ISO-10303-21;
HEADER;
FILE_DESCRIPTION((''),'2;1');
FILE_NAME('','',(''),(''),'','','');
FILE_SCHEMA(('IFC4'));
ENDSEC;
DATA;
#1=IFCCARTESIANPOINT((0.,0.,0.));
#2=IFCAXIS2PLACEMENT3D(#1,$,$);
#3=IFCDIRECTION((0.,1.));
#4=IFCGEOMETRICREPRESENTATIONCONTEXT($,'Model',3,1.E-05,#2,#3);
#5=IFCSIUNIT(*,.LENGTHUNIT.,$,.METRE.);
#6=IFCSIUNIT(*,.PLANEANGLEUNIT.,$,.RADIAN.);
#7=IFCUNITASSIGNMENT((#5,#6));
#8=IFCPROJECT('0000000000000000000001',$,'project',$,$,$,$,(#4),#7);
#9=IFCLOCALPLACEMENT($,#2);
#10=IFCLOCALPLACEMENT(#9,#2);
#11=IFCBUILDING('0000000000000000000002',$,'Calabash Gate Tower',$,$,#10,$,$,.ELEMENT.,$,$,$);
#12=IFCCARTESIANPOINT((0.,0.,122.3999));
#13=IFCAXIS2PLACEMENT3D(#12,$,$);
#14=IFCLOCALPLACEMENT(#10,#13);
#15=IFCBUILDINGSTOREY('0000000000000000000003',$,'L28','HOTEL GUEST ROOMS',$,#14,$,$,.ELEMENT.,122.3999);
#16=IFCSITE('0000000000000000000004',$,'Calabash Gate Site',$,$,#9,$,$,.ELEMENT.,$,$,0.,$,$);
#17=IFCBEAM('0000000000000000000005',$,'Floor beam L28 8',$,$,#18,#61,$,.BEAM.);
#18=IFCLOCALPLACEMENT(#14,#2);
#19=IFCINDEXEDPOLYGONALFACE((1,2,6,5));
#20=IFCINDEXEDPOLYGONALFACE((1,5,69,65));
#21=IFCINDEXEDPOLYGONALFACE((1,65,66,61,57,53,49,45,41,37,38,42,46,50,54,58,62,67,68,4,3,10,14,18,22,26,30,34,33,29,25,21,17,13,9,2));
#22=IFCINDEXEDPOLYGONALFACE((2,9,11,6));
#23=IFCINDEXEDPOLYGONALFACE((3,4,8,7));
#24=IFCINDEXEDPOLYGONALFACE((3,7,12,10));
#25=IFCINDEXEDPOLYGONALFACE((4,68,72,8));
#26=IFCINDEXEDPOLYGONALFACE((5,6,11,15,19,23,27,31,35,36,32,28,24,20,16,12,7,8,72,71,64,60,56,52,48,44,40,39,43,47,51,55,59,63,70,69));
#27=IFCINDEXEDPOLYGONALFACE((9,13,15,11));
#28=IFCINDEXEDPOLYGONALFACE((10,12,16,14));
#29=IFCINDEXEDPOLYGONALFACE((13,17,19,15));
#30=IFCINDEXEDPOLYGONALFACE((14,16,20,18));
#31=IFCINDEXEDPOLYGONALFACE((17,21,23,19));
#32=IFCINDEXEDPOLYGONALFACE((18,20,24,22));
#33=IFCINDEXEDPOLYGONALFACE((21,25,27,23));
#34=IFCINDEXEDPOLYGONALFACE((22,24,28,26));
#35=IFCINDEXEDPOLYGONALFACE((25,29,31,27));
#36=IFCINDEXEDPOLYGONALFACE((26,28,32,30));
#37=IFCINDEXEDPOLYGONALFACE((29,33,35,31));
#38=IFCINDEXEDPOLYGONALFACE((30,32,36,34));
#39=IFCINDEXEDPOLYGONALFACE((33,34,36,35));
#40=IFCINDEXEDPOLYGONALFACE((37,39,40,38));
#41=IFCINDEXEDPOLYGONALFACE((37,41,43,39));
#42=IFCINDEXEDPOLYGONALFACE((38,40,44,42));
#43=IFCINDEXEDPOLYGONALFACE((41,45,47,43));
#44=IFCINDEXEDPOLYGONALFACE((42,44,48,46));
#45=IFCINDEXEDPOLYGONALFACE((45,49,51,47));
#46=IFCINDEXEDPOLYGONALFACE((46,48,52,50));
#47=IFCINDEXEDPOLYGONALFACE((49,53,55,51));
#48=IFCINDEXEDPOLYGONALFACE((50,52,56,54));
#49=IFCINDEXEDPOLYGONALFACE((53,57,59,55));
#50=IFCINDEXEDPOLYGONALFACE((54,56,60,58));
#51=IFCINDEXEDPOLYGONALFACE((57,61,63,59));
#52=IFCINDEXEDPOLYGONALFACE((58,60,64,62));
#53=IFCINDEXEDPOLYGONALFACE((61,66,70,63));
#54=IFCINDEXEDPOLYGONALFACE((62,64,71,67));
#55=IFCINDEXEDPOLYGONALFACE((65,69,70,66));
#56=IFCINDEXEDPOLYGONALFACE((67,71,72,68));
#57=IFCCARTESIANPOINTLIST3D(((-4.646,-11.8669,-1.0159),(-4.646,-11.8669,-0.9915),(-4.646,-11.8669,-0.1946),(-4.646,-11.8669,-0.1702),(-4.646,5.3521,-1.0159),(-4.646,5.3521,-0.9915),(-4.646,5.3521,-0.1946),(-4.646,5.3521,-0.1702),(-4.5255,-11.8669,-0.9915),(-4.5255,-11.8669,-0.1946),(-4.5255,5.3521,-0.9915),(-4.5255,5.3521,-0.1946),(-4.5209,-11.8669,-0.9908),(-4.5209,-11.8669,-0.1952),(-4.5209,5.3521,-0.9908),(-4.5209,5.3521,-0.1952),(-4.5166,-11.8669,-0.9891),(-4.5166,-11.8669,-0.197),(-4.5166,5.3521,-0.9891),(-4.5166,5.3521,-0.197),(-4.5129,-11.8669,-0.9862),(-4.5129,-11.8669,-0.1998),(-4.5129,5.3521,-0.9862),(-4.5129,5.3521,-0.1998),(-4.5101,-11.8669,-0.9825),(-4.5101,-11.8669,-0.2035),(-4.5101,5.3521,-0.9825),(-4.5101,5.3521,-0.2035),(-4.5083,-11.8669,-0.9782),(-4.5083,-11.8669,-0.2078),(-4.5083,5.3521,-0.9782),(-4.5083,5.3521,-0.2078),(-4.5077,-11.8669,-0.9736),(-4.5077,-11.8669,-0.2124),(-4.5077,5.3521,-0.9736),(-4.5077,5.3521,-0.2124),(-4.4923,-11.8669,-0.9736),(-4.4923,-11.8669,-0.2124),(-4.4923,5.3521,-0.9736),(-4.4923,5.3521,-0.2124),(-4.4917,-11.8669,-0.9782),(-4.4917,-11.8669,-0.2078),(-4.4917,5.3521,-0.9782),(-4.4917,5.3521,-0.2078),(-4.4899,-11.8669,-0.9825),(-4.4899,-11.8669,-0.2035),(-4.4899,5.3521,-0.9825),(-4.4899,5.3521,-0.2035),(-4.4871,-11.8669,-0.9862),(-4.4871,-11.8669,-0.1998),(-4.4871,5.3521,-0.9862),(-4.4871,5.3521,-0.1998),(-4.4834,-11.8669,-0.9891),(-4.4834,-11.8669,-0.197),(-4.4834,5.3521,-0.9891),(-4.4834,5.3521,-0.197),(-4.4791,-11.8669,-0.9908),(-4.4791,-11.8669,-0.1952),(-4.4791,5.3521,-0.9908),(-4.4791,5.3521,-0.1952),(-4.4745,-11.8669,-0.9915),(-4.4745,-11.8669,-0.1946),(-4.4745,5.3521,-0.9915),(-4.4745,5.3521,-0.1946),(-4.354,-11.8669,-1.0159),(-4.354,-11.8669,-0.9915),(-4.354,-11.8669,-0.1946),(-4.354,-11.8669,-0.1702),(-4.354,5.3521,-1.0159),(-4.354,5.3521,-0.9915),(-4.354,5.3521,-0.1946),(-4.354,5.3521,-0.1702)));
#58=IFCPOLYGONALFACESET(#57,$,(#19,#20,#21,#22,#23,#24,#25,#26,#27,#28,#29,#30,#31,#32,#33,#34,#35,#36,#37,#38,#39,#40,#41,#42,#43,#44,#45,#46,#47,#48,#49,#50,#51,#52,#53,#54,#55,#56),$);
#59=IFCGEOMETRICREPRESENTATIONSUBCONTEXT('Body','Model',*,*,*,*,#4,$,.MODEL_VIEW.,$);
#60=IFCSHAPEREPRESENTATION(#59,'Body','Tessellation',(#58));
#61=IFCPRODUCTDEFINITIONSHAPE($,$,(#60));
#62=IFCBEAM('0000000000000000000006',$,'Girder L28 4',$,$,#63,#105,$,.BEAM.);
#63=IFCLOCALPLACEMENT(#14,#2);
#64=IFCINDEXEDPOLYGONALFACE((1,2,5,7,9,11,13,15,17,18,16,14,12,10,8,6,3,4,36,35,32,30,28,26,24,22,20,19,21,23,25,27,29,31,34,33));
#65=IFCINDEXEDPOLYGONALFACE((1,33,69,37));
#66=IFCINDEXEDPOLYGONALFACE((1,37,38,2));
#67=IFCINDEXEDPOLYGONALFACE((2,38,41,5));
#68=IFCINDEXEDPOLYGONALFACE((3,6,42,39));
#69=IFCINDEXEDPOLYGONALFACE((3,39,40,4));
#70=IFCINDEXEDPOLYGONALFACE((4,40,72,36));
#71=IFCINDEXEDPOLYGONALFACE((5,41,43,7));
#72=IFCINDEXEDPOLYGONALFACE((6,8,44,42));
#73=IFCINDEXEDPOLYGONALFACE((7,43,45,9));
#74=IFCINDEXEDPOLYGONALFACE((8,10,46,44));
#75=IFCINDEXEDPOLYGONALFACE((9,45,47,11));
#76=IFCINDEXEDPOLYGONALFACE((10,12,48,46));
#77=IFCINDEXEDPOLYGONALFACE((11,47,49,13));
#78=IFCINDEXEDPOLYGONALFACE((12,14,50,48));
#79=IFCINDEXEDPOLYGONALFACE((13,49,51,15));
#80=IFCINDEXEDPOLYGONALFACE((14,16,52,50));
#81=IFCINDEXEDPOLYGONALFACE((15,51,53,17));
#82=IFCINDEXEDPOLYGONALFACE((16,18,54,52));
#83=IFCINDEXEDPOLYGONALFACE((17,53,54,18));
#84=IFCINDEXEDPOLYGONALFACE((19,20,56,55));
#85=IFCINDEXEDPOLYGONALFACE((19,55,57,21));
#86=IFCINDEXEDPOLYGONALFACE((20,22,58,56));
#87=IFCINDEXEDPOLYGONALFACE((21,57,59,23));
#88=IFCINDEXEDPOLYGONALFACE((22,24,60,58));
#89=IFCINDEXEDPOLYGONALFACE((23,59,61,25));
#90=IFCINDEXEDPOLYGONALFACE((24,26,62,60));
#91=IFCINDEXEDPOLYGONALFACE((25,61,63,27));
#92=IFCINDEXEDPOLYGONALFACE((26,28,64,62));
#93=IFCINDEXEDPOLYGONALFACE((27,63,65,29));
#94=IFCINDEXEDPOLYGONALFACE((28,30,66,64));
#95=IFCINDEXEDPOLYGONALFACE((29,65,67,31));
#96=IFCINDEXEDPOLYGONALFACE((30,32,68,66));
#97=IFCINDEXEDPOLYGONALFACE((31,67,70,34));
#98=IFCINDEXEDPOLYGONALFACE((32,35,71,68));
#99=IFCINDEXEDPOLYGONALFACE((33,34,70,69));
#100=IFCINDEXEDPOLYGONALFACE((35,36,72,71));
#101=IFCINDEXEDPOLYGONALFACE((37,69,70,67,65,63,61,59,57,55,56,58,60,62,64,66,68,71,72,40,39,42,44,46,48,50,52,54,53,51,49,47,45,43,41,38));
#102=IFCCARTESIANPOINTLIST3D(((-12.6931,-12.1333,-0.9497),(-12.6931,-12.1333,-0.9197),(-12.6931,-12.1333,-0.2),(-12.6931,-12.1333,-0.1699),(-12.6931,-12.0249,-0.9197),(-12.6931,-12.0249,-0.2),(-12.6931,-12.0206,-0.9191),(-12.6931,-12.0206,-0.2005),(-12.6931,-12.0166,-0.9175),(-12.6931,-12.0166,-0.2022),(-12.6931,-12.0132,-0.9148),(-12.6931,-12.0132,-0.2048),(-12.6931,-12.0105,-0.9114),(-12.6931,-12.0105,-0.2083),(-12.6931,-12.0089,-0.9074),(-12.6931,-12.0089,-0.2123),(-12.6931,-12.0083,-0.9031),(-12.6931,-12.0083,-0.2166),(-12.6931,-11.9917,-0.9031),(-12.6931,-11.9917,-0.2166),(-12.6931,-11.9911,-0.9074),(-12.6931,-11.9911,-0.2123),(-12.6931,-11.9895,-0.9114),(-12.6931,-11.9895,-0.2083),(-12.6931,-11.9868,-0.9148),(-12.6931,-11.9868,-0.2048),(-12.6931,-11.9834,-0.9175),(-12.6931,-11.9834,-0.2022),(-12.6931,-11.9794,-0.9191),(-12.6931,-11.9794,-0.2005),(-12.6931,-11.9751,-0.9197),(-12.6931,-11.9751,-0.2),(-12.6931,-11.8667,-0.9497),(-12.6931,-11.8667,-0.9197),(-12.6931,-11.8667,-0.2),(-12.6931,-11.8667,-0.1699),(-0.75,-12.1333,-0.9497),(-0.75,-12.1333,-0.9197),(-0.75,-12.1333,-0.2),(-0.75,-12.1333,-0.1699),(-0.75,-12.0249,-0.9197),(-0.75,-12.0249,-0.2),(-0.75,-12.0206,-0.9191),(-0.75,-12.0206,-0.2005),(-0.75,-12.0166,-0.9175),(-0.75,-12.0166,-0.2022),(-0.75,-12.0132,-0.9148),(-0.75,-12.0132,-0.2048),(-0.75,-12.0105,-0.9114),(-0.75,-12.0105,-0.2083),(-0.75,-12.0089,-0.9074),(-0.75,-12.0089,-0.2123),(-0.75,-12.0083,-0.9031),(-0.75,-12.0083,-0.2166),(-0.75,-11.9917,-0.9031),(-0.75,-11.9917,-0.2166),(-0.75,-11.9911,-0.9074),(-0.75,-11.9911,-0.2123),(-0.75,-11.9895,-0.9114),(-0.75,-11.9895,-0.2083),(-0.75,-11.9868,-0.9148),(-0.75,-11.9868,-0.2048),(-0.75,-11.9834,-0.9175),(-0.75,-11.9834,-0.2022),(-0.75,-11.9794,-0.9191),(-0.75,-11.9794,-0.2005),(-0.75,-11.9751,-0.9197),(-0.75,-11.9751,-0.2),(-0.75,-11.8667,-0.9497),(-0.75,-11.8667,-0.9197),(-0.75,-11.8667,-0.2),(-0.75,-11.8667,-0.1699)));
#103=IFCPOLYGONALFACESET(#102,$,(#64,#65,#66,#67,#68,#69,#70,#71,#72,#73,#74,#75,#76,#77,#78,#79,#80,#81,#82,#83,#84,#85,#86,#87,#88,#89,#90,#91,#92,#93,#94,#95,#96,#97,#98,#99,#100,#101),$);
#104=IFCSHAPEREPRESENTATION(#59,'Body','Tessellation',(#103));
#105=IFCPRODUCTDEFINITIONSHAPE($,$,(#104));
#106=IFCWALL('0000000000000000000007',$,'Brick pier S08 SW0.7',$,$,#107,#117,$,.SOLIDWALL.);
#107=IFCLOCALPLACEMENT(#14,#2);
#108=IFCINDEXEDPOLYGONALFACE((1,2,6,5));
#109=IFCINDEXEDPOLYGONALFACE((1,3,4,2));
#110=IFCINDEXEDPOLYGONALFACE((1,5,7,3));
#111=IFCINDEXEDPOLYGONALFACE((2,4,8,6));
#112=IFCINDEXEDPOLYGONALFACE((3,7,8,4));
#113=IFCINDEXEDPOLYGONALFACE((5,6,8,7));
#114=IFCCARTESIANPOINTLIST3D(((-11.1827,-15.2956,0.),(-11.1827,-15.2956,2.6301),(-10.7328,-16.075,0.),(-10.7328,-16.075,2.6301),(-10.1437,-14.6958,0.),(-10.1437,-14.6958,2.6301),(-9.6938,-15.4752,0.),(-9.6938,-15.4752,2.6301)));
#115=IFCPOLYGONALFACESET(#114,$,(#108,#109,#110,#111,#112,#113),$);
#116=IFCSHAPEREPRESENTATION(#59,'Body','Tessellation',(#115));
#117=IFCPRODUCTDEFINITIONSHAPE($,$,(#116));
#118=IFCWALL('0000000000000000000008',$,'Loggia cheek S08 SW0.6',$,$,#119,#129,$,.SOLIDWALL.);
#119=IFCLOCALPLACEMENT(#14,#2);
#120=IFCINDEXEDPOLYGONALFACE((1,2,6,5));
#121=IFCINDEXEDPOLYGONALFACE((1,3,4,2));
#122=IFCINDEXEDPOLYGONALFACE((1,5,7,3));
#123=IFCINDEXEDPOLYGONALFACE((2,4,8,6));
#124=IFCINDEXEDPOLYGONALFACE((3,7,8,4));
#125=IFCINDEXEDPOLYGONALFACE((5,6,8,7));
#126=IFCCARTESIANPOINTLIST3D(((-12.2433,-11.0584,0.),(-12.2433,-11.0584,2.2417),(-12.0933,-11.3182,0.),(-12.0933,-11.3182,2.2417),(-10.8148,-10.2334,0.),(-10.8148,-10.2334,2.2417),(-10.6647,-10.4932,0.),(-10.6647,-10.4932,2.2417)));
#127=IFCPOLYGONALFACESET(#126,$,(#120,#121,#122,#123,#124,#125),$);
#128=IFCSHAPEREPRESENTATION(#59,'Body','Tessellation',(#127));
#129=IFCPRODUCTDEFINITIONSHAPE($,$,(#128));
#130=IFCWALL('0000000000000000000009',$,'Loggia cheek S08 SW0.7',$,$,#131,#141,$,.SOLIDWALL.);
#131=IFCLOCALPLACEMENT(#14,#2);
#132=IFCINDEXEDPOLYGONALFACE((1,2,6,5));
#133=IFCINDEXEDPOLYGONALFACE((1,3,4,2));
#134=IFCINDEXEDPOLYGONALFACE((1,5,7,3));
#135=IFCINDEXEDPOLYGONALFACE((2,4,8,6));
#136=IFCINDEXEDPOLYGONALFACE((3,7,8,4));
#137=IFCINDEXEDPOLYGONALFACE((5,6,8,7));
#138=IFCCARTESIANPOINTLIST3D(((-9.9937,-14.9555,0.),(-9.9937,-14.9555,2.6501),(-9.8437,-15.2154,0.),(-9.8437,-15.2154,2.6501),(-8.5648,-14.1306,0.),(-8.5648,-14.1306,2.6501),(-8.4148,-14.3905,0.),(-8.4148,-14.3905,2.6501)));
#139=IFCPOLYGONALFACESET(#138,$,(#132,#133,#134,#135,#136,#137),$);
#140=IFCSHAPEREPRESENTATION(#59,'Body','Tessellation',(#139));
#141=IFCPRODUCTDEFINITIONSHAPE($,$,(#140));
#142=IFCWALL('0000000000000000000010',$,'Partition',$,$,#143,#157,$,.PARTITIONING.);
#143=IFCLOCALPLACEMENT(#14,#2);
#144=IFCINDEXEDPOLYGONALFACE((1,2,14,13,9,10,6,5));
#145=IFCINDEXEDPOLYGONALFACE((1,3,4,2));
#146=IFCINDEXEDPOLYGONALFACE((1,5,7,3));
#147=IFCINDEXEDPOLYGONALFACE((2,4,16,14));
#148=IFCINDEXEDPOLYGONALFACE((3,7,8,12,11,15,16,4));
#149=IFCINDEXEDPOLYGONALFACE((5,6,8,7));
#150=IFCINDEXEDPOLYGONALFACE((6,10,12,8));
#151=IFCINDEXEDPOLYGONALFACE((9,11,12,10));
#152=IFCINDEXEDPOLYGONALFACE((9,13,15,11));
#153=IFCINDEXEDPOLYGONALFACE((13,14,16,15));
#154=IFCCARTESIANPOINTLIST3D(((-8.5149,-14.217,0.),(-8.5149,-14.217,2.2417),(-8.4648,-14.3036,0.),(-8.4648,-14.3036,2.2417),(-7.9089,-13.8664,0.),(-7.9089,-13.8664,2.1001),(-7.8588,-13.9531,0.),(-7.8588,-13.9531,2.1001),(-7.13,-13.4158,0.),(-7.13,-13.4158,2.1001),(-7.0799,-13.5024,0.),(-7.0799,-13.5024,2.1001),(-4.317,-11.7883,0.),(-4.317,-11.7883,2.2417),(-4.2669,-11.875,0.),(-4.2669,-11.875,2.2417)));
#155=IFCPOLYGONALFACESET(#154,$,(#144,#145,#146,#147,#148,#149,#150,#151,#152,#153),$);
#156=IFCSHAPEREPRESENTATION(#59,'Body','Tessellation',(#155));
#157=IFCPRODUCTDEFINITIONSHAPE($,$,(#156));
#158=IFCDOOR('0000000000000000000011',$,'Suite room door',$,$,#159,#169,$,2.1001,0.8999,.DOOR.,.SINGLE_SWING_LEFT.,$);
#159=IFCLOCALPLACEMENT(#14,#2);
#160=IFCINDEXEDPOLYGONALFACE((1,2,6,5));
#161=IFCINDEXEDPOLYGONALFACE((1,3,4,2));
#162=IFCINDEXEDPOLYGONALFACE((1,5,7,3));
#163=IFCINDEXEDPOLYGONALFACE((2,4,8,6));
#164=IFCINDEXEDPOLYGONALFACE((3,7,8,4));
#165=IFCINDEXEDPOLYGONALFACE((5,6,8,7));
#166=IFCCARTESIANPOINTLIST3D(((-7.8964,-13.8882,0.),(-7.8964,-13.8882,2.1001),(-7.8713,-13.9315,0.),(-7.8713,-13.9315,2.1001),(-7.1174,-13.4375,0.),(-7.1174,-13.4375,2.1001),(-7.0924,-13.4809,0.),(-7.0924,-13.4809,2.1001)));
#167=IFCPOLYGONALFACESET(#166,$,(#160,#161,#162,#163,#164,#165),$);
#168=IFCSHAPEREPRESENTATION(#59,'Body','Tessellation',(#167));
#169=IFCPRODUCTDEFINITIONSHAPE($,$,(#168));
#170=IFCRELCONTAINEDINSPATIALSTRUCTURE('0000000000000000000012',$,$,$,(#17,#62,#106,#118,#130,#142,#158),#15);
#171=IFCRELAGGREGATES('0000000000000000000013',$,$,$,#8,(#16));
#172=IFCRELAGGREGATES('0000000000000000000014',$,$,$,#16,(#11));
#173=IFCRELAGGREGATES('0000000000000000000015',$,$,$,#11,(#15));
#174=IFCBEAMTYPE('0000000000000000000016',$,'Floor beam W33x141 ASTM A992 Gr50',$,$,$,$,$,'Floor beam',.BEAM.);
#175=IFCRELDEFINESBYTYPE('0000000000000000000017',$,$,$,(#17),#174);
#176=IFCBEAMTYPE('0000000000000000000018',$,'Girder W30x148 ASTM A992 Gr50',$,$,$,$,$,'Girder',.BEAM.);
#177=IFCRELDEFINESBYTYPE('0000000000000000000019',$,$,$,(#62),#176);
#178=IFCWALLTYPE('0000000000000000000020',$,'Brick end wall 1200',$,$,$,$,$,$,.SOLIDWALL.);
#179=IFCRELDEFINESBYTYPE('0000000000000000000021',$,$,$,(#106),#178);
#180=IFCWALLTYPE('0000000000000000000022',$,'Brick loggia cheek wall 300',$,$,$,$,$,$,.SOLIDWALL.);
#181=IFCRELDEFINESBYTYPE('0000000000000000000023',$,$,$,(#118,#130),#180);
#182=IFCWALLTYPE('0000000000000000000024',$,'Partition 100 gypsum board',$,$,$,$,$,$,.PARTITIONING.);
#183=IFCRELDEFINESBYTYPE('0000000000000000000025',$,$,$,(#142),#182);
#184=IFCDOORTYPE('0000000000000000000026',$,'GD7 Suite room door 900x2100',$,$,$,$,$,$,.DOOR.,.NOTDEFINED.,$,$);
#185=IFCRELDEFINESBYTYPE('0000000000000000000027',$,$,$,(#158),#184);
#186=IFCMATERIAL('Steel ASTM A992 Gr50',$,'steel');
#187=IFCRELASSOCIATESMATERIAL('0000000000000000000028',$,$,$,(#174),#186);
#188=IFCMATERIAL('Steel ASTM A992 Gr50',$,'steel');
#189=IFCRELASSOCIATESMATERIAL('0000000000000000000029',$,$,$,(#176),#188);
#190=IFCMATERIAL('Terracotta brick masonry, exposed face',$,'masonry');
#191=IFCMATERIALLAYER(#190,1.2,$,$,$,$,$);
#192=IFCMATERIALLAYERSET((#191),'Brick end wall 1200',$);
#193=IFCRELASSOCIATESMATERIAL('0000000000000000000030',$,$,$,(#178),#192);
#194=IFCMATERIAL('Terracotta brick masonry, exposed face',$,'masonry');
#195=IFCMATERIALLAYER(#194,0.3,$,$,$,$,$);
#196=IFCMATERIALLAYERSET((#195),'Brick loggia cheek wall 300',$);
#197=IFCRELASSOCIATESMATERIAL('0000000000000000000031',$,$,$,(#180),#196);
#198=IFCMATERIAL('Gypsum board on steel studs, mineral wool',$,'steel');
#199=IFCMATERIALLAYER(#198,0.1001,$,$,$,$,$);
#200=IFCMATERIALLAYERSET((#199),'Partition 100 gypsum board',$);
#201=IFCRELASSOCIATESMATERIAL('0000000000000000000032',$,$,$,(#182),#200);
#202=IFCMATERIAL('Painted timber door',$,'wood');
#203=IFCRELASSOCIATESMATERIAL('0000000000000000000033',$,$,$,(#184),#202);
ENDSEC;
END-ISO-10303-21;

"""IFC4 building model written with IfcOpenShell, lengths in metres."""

from ifc_helpers import new_model, si_unit, direction, frame, frame_2d, origin, origin_2d, place, context, subcontext, project, spatial, rectangle, i_section, extrude, material, layer, layer_set, material_profile, profile_set, type_object, element, fill, save


model = new_model("IFC4")

# Units and contexts
model_context = context("Model", 3, precision=1e-05, world=origin(), true_north=direction((0.0, 1.0)))
body_context = subcontext(model_context, "Body", "Model", "MODEL_VIEW")
ifc_project = project(units=[si_unit("LENGTHUNIT", "METRE"), si_unit("PLANEANGLEUNIT", "RADIAN")], contexts=[model_context])

# Site, building, storey
site_placement = place(None, origin())
site = spatial("IfcSite", under=ifc_project, at=site_placement, Name="Calabash Gate Site", CompositionType="ELEMENT", RefElevation=0.0)
building_placement = place(site_placement, origin())
building = spatial("IfcBuilding", under=site, at=building_placement, Name="Calabash Gate Tower", CompositionType="ELEMENT")
storey_placement = place(building_placement, frame((0.0, 0.0, 122.3999)))
storey = spatial("IfcBuildingStorey", under=building, at=storey_placement, Name="L28", Description="HOTEL GUEST ROOMS", CompositionType="ELEMENT", Elevation=122.3999)

# Beams
ifc_material_1 = material(Name="Steel ASTM A992 Gr50", Category="steel")
ifc_material_profile_1 = material_profile(ifc_material_1, i_section(OverallWidth=0.292, OverallDepth=0.8457, WebThickness=0.0154, FlangeThickness=0.0244, FilletRadius=0.0178, at=origin_2d()))
ifc_profile_set_1 = profile_set([ifc_material_profile_1], Name="Steel ASTM A992 Gr50")
beam_type_1 = type_object("IfcBeamType", Name="Floor beam W33x141 ASTM A992 Gr50", ElementType="Floor beam", PredefinedType="BEAM", material=ifc_profile_set_1)
beam_1_placement = place(storey_placement, frame((-4.5, -11.8669, -0.593), z_axis=(0.0, 1.0, 0.0), x_axis=(-1.0, 0.0, 0.0)))
element("IfcBeam", 1, at=beam_1_placement, inside=storey, type_object=beam_type_1, Name="Floor beam L28 8", PredefinedType="BEAM", context=body_context, shape_type="SweptSolid", body=[
    extrude(i_section(OverallWidth=0.292, OverallDepth=0.8457, WebThickness=0.0154, FlangeThickness=0.0244, FilletRadius=0.0178, at=origin_2d()), origin(), (0.0, 0.0, 1.0), 17.219),
])
ifc_material_2 = material(Name="Steel ASTM A992 Gr50", Category="steel")
ifc_material_profile_2 = material_profile(ifc_material_2, i_section(OverallWidth=0.2666, OverallDepth=0.7798, WebThickness=0.0166, FlangeThickness=0.03, FilletRadius=0.0166, at=origin_2d()))
ifc_profile_set_2 = profile_set([ifc_material_profile_2], Name="Steel ASTM A992 Gr50")
beam_type_2 = type_object("IfcBeamType", Name="Girder W30x148 ASTM A992 Gr50", ElementType="Girder", PredefinedType="BEAM", material=ifc_profile_set_2)
beam_2_placement = place(storey_placement, frame((-12.6931, -12.0, -0.5598), z_axis=(1.0, 0.0, 0.0), x_axis=(0.0, 1.0, 0.0)))
element("IfcBeam", 2, at=beam_2_placement, inside=storey, type_object=beam_type_2, Name="Girder L28 4", PredefinedType="BEAM", context=body_context, shape_type="SweptSolid", body=[
    extrude(i_section(OverallWidth=0.2666, OverallDepth=0.7798, WebThickness=0.0166, FlangeThickness=0.03, FilletRadius=0.0166, at=origin_2d()), origin(), (0.0, 0.0, 1.0), 11.9431),
])

# Walls
ifc_material_3 = material(Name="Terracotta brick masonry, exposed face", Category="masonry")
ifc_layer_1 = layer(ifc_material_3, 1.2)
ifc_layer_set_1 = layer_set([ifc_layer_1], Name="Brick end wall 1200")
wall_type_1 = type_object("IfcWallType", Name="Brick end wall 1200", PredefinedType="SOLIDWALL", material=ifc_layer_set_1)
wall_1_placement = place(storey_placement, frame((-10.9578, -15.6853, 0.0), z_axis=(0.0, 0.0, 1.0), x_axis=(0.866043, 0.499969, 0.0)))
element("IfcWall", 3, at=wall_1_placement, inside=storey, type_object=wall_type_1, Name="Brick pier S08 SW0.7", PredefinedType="SOLIDWALL", context=body_context, shape_type="SweptSolid", body=[
    extrude(rectangle(XDim=1.1997, YDim=0.8999, at=frame_2d((0.5999, 0.0))), origin(), (0.0, 0.0, 1.0), 2.6301),
])
ifc_material_4 = material(Name="Terracotta brick masonry, exposed face", Category="masonry")
ifc_layer_2 = layer(ifc_material_4, 0.3)
ifc_layer_set_2 = layer_set([ifc_layer_2], Name="Brick loggia cheek wall 300")
wall_type_2 = type_object("IfcWallType", Name="Brick loggia cheek wall 300", PredefinedType="SOLIDWALL", material=ifc_layer_set_2)
wall_2_placement = place(storey_placement, frame((-12.1682, -11.1882, 0.0), z_axis=(0.0, 0.0, 1.0), x_axis=(0.865966, 0.500103, 0.0)))
element("IfcWall", 4, at=wall_2_placement, inside=storey, type_object=wall_type_2, Name="Loggia cheek S08 SW0.6", PredefinedType="SOLIDWALL", context=body_context, shape_type="SweptSolid", body=[
    extrude(rectangle(XDim=1.6497, YDim=0.3, at=frame_2d((0.8247, 0.0))), origin(), (0.0, 0.0, 1.0), 2.2417),
])
wall_3_placement = place(storey_placement, frame((-9.9187, -15.0854, 0.0), z_axis=(0.0, 0.0, 1.0), x_axis=(0.86604, 0.499974, 0.0)))
element("IfcWall", 5, at=wall_3_placement, inside=storey, type_object=wall_type_2, Name="Loggia cheek S08 SW0.7", PredefinedType="SOLIDWALL", context=body_context, shape_type="SweptSolid", body=[
    extrude(rectangle(XDim=1.6499, YDim=0.3, at=frame_2d((0.825, 0.0))), origin(), (0.0, 0.0, 1.0), 2.6501),
])

# Wall, opening, door
ifc_material_5 = material(Name="Gypsum board on steel studs, mineral wool", Category="steel")
ifc_layer_3 = layer(ifc_material_5, 0.1001)
ifc_layer_set_3 = layer_set([ifc_layer_3], Name="Partition 100 gypsum board")
wall_type_3 = type_object("IfcWallType", Name="Partition 100 gypsum board", PredefinedType="PARTITIONING", material=ifc_layer_set_3)
wall_4_placement = place(storey_placement, frame((-8.4897, -14.2603, 0.0), z_axis=(0.0, 0.0, 1.0), x_axis=(0.865579, 0.500772, 0.0)))
wall_4 = element("IfcWall", 6, at=wall_4_placement, inside=storey, type_object=wall_type_3, Name="Partition", PredefinedType="PARTITIONING", context=body_context, shape_type="SweptSolid", body=[
    extrude(rectangle(XDim=4.8499, YDim=0.1001, at=frame_2d((2.4248, 0.0))), origin(), (0.0, 0.0, 1.0), 2.2417),
])
opening_1_placement = place(wall_4_placement, frame((0.7, 0.0, 0.0)))
opening_1 = element("IfcOpeningElement", 7, at=opening_1_placement, cuts=wall_4, PredefinedType="OPENING", context=body_context, shape_type="SweptSolid", body=[
    extrude(rectangle(XDim=0.8999, YDim=2.1001, at=frame_2d((0.45, 1.05))), frame((0.0, 0.0601, 0.0), z_axis=(0.0, -1.0, 0.0), x_axis=(1.0, 0.0, 0.0)), (0.0, 0.0, 1.0), 0.1201),
])
ifc_material_6 = material(Name="Painted timber door", Category="wood")
door_type_1 = type_object("IfcDoorType", Name="GD7 Suite room door 900x2100", OperationType="NOTDEFINED", PredefinedType="DOOR", material=ifc_material_6)
door_1_placement = place(opening_1_placement, origin())
door_1 = element("IfcDoor", 8, at=door_1_placement, inside=storey, type_object=door_type_1, Name="Suite room door", OperationType="SINGLE_SWING_LEFT", OverallHeight=2.1001, OverallWidth=0.8999, PredefinedType="DOOR", context=body_context, shape_type="SweptSolid", body=[
    extrude(rectangle(XDim=0.8999, YDim=2.1001, at=frame_2d((0.45, 1.05))), frame((0.0, 0.0249, 0.0), z_axis=(0.0, -1.0, 0.0), x_axis=(1.0, 0.0, 0.0)), (0.0, 0.0, 1.0), 0.05),
])
fill(opening_1, door_1)

save(model, "model.ifc")
